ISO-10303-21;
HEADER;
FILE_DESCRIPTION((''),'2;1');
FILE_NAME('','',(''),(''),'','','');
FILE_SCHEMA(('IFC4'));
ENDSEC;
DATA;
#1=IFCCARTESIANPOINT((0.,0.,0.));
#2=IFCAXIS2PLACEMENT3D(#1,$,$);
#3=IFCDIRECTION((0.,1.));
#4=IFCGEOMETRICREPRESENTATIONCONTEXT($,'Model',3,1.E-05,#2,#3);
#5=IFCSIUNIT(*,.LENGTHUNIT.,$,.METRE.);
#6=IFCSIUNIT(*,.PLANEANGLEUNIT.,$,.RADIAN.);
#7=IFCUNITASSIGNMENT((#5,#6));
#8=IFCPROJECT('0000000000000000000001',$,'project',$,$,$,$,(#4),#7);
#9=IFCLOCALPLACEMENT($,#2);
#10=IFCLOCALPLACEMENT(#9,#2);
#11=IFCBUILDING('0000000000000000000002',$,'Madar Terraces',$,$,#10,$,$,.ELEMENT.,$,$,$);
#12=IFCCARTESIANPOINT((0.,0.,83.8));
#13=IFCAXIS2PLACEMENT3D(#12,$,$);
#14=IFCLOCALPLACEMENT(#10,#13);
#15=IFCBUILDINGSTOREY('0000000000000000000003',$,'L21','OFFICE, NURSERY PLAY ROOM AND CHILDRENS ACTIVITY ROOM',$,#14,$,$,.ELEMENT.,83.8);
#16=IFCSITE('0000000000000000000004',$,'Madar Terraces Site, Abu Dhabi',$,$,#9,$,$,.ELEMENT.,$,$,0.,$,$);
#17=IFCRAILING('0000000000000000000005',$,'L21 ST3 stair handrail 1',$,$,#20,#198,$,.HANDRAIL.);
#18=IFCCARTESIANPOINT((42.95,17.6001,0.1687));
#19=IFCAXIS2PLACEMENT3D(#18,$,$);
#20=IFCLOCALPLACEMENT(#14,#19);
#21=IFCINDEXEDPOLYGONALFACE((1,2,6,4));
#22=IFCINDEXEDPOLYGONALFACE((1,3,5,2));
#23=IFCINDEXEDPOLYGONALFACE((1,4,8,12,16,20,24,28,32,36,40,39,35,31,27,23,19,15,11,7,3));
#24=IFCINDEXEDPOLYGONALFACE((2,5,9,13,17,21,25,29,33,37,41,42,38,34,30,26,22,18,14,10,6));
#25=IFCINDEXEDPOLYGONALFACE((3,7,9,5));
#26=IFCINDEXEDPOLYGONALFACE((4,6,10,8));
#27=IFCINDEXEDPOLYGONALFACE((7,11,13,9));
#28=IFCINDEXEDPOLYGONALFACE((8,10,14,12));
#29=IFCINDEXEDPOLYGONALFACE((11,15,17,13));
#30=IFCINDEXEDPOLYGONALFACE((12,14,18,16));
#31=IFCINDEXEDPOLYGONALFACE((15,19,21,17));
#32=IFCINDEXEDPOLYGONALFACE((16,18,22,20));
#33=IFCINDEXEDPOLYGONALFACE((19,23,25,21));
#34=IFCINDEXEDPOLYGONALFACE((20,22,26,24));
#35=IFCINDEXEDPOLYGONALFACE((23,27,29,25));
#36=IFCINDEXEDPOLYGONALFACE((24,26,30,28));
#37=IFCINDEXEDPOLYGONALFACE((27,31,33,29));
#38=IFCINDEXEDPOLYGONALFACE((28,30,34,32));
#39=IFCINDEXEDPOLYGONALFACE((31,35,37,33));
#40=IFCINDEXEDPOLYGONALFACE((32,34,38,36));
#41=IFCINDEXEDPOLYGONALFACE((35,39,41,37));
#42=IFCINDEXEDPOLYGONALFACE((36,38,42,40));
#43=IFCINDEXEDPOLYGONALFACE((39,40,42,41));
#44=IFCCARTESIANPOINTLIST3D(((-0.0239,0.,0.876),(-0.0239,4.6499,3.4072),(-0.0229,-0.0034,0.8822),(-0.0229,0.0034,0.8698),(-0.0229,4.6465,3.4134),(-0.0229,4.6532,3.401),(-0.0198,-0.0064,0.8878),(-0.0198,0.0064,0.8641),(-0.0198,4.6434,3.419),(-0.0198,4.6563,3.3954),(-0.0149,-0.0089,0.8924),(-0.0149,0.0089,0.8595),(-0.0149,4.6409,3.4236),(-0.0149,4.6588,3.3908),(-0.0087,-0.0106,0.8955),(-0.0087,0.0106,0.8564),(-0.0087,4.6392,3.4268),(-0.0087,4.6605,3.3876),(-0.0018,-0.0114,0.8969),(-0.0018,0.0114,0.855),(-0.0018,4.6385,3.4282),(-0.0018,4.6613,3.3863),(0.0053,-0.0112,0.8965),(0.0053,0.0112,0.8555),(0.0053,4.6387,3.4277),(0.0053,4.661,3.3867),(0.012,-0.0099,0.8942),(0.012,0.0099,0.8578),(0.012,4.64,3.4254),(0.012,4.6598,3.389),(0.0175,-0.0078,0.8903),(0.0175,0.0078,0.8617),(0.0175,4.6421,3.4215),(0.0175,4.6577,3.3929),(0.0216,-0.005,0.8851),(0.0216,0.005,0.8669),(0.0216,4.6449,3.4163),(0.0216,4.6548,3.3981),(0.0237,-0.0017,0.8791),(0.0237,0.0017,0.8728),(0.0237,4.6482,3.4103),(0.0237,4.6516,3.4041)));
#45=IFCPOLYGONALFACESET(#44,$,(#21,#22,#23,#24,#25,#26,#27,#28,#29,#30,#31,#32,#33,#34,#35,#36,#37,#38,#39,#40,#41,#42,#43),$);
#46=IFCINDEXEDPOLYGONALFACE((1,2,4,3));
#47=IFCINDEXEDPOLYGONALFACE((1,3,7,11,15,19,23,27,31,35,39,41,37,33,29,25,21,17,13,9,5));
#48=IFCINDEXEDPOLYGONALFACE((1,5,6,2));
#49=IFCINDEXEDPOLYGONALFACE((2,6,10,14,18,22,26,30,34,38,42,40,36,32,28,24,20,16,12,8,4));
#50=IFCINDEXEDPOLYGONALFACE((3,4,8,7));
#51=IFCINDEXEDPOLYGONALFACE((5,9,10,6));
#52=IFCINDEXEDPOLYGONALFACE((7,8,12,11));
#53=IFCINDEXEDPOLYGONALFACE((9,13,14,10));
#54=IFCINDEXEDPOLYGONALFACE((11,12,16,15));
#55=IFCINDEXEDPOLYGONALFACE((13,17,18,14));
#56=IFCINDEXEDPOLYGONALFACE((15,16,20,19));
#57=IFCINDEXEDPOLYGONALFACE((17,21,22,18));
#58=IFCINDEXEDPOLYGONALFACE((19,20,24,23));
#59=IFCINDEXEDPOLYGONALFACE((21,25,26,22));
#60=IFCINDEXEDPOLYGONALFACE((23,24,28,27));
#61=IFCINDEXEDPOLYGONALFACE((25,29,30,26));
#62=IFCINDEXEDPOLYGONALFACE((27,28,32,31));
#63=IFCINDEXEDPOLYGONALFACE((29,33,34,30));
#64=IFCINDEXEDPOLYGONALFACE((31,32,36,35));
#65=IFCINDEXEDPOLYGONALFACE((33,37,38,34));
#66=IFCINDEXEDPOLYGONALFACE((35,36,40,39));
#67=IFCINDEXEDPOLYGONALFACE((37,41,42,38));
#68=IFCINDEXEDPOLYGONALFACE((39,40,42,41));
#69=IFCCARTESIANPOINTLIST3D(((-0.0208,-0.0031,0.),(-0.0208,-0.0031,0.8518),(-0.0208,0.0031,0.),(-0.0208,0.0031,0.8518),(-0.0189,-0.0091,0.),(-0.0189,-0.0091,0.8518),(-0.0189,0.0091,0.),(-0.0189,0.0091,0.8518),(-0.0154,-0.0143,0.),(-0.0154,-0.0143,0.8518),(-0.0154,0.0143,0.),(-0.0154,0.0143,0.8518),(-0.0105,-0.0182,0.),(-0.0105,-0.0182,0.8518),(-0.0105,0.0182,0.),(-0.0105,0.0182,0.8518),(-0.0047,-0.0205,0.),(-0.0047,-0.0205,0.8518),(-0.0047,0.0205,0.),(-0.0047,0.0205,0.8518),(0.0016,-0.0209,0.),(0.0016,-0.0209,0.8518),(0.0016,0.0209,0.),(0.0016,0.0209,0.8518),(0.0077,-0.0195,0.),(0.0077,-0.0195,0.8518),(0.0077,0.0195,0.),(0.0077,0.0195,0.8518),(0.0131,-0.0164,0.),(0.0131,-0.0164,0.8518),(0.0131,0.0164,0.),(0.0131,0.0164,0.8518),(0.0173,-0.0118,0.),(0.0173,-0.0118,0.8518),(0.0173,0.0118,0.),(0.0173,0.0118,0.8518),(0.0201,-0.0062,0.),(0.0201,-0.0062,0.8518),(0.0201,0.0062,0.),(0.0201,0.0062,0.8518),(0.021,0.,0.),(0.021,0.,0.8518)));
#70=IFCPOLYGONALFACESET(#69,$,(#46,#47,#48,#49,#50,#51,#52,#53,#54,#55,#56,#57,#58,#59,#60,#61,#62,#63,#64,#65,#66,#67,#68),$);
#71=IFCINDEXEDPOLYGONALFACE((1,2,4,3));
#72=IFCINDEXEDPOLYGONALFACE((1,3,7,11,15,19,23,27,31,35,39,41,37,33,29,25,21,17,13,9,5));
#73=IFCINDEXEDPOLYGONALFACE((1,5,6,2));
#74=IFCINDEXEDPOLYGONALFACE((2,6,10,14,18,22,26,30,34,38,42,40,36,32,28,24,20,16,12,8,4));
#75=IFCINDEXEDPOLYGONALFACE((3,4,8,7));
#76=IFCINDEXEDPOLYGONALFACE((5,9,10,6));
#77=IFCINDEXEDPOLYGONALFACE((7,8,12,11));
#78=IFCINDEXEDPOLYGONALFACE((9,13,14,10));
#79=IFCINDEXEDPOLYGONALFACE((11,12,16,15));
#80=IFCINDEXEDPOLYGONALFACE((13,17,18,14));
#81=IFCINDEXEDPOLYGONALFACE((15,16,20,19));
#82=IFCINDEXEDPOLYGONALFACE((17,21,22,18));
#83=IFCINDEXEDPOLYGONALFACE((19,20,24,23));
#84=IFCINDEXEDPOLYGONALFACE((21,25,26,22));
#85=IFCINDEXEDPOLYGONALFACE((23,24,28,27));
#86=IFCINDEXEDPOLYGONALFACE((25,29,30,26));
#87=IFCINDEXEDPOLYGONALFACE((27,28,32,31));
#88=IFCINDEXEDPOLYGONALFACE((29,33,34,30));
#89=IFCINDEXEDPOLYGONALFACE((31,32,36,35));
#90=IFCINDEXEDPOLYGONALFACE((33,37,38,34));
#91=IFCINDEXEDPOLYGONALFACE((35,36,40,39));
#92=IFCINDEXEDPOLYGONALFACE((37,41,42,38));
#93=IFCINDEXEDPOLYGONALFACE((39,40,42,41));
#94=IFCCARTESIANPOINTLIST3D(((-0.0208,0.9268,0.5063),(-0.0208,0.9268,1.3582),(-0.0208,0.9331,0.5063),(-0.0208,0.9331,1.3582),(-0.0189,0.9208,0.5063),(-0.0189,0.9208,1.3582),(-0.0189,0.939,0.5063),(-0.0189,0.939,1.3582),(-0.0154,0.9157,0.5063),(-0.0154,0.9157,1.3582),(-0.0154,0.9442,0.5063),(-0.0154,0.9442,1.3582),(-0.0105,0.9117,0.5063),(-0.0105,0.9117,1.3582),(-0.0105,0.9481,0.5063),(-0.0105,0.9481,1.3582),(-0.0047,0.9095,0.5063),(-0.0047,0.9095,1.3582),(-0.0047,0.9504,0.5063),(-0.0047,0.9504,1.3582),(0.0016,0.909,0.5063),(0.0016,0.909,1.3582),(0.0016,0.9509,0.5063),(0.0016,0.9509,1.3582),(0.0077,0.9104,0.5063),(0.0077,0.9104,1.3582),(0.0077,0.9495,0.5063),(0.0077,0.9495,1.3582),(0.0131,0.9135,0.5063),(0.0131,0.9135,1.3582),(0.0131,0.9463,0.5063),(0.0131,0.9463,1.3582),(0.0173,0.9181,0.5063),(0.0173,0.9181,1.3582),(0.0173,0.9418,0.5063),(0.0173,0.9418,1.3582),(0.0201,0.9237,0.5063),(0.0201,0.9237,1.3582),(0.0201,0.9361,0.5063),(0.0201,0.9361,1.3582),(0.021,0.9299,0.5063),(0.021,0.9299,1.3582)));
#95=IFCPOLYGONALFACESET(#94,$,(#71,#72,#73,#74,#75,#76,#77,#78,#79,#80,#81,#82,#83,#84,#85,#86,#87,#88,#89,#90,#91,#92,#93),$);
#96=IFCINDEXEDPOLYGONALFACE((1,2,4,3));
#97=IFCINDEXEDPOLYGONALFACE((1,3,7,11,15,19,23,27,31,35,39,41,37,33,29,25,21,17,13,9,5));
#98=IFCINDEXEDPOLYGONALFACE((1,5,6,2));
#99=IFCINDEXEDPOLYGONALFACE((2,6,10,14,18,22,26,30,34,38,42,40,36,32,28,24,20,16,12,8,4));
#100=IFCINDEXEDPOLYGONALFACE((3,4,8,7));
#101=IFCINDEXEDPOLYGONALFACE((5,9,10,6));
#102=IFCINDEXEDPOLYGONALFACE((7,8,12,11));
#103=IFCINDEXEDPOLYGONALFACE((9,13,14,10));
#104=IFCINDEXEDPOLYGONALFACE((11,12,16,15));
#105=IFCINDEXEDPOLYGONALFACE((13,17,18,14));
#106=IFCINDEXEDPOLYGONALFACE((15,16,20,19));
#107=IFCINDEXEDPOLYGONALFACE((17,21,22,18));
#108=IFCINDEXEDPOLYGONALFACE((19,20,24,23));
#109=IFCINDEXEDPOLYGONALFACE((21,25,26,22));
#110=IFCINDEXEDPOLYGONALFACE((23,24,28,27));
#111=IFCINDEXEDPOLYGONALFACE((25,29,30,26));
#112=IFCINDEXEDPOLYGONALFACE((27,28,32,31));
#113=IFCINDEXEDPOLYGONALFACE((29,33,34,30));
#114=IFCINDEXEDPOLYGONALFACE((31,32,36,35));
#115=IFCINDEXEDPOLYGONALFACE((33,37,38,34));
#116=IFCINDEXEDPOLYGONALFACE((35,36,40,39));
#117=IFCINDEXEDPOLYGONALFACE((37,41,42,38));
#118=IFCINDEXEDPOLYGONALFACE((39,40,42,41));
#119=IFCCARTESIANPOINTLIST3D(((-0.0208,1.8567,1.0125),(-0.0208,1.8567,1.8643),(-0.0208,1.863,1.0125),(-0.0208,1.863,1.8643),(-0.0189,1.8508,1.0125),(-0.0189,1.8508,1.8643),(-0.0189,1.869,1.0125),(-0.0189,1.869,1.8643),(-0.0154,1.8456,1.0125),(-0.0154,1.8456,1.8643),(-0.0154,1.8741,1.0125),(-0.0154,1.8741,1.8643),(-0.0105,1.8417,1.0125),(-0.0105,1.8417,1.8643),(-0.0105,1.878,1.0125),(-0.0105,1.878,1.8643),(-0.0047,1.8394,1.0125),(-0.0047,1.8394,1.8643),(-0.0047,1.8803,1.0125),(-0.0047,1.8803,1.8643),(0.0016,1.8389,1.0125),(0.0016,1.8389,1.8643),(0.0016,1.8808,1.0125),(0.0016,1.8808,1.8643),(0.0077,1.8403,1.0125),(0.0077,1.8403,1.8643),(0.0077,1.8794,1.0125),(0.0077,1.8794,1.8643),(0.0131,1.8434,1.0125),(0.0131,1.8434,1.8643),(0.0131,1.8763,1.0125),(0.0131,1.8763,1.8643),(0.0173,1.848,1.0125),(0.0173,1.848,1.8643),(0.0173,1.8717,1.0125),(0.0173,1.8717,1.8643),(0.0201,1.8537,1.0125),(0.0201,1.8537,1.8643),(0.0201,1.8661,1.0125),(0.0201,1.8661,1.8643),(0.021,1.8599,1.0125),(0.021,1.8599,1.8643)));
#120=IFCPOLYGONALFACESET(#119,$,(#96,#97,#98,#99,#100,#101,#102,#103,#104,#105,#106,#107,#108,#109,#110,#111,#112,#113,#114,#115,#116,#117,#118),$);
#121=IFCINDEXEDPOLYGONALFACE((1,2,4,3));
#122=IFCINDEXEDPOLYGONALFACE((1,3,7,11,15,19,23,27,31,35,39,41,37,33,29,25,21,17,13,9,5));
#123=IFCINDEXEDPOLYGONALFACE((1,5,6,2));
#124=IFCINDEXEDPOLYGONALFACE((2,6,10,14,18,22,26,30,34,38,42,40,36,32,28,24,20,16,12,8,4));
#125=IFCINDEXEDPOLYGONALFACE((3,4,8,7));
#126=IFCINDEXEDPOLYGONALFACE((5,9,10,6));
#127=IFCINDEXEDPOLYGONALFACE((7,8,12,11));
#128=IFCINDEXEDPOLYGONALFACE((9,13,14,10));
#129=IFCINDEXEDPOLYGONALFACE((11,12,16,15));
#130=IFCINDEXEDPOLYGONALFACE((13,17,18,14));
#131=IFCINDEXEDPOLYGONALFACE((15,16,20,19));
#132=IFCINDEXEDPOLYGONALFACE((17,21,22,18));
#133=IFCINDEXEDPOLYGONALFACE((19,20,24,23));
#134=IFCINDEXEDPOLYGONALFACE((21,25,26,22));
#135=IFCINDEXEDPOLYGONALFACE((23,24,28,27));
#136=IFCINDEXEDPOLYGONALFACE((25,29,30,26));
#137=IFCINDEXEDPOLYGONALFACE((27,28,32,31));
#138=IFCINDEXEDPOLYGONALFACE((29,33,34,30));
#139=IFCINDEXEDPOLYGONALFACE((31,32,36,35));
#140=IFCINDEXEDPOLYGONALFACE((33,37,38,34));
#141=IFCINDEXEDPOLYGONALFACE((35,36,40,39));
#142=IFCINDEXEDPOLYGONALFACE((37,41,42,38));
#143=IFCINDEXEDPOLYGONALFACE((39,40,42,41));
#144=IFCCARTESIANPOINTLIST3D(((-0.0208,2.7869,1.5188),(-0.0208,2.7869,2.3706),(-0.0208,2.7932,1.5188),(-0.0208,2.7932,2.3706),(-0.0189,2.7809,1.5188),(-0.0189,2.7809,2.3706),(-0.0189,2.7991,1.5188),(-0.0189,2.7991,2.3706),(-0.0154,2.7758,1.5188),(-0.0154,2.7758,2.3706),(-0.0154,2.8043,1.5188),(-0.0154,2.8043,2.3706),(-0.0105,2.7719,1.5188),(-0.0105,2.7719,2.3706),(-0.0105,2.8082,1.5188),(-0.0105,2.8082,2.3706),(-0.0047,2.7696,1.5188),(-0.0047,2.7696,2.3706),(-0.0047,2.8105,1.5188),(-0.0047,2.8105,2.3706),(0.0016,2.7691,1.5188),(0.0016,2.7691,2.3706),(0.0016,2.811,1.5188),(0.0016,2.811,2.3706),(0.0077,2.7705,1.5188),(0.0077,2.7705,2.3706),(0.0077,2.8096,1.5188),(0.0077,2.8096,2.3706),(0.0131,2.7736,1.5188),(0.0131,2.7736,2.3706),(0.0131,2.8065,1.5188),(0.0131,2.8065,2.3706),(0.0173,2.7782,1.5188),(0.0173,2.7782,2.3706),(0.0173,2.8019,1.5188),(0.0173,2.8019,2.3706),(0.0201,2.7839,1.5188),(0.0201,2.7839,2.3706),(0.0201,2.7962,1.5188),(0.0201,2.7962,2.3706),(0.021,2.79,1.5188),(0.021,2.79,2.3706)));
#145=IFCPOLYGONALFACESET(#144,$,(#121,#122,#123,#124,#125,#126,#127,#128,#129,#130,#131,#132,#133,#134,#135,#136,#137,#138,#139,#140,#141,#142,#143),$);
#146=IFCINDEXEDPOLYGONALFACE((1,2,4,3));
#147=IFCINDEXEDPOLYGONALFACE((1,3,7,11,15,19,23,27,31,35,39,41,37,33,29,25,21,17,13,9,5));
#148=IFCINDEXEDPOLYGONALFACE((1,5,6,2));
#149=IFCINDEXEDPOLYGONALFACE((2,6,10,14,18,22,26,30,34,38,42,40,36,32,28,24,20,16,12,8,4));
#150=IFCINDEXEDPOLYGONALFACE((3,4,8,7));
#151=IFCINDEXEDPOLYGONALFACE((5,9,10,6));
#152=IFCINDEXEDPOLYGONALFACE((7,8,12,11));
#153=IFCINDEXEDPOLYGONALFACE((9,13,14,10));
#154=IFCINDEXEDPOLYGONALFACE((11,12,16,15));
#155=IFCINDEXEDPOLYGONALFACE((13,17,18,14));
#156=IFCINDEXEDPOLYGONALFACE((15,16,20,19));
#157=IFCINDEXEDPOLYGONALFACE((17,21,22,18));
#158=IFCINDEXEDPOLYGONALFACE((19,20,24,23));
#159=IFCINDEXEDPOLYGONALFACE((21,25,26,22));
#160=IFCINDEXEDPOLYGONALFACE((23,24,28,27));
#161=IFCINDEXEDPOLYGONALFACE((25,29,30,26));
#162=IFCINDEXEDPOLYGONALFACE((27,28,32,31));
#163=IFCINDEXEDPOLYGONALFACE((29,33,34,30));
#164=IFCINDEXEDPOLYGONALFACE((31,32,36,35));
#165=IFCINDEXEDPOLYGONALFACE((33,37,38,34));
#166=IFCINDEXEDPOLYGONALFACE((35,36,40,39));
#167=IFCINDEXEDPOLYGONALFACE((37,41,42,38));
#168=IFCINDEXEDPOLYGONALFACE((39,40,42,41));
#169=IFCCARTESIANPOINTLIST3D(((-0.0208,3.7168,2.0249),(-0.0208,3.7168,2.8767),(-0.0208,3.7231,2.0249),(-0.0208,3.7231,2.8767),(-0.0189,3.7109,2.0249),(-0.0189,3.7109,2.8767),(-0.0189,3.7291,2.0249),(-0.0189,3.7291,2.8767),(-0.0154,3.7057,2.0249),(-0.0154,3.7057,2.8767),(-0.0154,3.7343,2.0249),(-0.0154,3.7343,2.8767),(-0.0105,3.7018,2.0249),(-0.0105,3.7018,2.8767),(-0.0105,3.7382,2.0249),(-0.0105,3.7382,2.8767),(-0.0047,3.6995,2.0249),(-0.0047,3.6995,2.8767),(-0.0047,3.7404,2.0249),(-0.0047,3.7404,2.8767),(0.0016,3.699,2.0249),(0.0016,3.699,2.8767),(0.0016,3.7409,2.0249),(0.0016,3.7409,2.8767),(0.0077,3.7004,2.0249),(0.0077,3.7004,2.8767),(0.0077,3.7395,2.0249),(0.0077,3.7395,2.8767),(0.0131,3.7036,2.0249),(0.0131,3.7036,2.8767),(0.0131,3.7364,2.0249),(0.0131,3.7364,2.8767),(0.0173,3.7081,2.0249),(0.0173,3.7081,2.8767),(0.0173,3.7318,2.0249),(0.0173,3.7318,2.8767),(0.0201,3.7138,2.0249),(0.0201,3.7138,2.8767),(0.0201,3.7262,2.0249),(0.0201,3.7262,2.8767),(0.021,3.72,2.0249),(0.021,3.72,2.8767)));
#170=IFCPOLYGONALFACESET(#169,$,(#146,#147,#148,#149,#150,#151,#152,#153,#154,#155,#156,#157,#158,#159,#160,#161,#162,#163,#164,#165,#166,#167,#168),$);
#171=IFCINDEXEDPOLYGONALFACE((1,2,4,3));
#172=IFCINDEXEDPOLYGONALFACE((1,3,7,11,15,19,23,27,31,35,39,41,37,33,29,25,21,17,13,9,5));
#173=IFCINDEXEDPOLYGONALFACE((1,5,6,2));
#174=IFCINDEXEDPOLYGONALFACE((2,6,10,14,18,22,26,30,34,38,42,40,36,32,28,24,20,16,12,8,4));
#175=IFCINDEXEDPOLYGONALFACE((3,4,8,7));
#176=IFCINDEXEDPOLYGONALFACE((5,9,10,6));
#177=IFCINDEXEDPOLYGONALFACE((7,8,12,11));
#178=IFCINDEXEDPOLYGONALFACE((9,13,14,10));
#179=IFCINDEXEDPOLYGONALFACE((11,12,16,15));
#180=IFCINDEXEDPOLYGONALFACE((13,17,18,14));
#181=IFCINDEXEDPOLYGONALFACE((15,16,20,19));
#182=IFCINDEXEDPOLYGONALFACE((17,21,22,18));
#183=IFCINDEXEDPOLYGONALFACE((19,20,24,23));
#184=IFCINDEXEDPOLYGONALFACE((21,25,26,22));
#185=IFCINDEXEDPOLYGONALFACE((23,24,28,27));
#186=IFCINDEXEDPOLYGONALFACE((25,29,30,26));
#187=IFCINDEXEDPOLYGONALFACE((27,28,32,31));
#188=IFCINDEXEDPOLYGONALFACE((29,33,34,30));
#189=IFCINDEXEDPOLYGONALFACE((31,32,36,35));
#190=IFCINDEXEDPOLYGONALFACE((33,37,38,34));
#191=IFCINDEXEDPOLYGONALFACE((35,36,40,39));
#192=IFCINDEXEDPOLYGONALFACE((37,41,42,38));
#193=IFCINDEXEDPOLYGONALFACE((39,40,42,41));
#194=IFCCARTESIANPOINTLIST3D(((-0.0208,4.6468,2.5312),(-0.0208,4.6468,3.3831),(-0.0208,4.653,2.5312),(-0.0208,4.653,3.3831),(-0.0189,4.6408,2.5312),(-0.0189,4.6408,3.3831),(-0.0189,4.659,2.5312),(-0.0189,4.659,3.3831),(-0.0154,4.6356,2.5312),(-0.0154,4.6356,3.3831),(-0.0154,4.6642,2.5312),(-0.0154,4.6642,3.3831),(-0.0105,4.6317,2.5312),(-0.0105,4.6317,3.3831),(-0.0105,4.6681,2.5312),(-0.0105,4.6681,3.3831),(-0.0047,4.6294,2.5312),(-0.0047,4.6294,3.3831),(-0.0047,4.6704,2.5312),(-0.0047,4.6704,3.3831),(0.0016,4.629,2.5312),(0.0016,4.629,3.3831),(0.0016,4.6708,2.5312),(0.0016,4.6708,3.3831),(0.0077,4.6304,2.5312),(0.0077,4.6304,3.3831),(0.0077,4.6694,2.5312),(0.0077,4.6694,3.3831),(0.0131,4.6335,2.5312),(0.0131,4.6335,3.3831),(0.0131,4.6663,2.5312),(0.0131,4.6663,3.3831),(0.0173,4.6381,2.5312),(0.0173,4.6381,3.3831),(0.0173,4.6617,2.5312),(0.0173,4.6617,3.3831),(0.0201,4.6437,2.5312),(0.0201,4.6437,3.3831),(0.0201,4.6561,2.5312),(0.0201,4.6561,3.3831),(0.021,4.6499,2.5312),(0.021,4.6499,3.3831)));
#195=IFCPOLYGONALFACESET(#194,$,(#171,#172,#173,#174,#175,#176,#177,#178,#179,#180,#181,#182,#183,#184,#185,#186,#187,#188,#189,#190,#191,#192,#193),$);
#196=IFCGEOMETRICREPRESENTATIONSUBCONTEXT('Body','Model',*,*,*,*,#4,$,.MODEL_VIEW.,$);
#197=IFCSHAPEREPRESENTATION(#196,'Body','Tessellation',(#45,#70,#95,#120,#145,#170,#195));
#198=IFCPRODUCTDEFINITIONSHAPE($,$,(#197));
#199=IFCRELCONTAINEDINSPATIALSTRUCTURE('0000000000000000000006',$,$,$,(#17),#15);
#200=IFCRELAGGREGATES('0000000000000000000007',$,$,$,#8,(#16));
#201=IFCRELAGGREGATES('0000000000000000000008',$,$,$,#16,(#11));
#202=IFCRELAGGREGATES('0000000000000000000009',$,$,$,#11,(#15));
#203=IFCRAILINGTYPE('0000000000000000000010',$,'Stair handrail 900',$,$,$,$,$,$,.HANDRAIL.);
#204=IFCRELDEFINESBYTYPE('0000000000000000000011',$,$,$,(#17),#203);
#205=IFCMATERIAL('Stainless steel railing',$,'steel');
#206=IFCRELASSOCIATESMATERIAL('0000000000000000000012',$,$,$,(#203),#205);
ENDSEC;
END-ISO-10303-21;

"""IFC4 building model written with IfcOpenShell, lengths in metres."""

from ifc_helpers import new_model, si_unit, direction, frame, origin, origin_2d, place, context, subcontext, project, spatial, circle, extrude, material, type_object, element, save


model = new_model("IFC4")

# Units and contexts
model_context = context("Model", 3, precision=1e-05, world=origin(), true_north=direction((0.0, 1.0)))
body_context = subcontext(model_context, "Body", "Model", "MODEL_VIEW")
ifc_project = project(units=[si_unit("LENGTHUNIT", "METRE"), si_unit("PLANEANGLEUNIT", "RADIAN")], contexts=[model_context])

# Site, building, storey
site_placement = place(None, origin())
site = spatial("IfcSite", under=ifc_project, at=site_placement, Name="Madar Terraces Site, Abu Dhabi", CompositionType="ELEMENT", RefElevation=0.0)
building_placement = place(site_placement, origin())
building = spatial("IfcBuilding", under=site, at=building_placement, Name="Madar Terraces", CompositionType="ELEMENT")
storey_placement = place(building_placement, frame((0.0, 0.0, 83.8)))
storey = spatial("IfcBuildingStorey", under=building, at=storey_placement, Name="L21", Description="OFFICE, NURSERY PLAY ROOM AND CHILDRENS ACTIVITY ROOM", CompositionType="ELEMENT", Elevation=83.8)

# Railing
ifc_material_1 = material(Name="Stainless steel railing", Category="steel")
railing_type_1 = type_object("IfcRailingType", Name="Stair handrail 900", PredefinedType="HANDRAIL", material=ifc_material_1)
railing_1_placement = place(storey_placement, frame((42.95, 17.6001, 0.1687)))
element("IfcRailing", 1, at=railing_1_placement, inside=storey, type_object=railing_type_1, Name="L21 ST3 stair handrail 1", PredefinedType="HANDRAIL", context=body_context, shape_type="SweptSolid", body=[
    extrude(circle(Radius=0.0239, at=origin_2d()), frame((0.0, 0.0, 0.876), z_axis=(0.0, 0.878297, 0.478115), x_axis=(-1.0, 0.0, 0.0)), (0.0, 0.0, 1.0), 5.2942),
    extrude(circle(Radius=0.021, at=origin_2d()), origin(), (0.0, 0.0, 1.0), 0.8518),
    extrude(circle(Radius=0.021, at=origin_2d()), frame((0.0, 0.9299, 0.5063)), (0.0, 0.0, 1.0), 0.8518),
    extrude(circle(Radius=0.021, at=origin_2d()), frame((0.0, 1.8599, 1.0125)), (0.0, 0.0, 1.0), 0.8518),
    extrude(circle(Radius=0.021, at=origin_2d()), frame((0.0, 2.79, 1.5188)), (0.0, 0.0, 1.0), 0.8518),
    extrude(circle(Radius=0.021, at=origin_2d()), frame((0.0, 3.72, 2.0249)), (0.0, 0.0, 1.0), 0.8518),
    extrude(circle(Radius=0.021, at=origin_2d()), frame((0.0, 4.6499, 2.5312)), (0.0, 0.0, 1.0), 0.8518),
])

save(model, "model.ifc")
